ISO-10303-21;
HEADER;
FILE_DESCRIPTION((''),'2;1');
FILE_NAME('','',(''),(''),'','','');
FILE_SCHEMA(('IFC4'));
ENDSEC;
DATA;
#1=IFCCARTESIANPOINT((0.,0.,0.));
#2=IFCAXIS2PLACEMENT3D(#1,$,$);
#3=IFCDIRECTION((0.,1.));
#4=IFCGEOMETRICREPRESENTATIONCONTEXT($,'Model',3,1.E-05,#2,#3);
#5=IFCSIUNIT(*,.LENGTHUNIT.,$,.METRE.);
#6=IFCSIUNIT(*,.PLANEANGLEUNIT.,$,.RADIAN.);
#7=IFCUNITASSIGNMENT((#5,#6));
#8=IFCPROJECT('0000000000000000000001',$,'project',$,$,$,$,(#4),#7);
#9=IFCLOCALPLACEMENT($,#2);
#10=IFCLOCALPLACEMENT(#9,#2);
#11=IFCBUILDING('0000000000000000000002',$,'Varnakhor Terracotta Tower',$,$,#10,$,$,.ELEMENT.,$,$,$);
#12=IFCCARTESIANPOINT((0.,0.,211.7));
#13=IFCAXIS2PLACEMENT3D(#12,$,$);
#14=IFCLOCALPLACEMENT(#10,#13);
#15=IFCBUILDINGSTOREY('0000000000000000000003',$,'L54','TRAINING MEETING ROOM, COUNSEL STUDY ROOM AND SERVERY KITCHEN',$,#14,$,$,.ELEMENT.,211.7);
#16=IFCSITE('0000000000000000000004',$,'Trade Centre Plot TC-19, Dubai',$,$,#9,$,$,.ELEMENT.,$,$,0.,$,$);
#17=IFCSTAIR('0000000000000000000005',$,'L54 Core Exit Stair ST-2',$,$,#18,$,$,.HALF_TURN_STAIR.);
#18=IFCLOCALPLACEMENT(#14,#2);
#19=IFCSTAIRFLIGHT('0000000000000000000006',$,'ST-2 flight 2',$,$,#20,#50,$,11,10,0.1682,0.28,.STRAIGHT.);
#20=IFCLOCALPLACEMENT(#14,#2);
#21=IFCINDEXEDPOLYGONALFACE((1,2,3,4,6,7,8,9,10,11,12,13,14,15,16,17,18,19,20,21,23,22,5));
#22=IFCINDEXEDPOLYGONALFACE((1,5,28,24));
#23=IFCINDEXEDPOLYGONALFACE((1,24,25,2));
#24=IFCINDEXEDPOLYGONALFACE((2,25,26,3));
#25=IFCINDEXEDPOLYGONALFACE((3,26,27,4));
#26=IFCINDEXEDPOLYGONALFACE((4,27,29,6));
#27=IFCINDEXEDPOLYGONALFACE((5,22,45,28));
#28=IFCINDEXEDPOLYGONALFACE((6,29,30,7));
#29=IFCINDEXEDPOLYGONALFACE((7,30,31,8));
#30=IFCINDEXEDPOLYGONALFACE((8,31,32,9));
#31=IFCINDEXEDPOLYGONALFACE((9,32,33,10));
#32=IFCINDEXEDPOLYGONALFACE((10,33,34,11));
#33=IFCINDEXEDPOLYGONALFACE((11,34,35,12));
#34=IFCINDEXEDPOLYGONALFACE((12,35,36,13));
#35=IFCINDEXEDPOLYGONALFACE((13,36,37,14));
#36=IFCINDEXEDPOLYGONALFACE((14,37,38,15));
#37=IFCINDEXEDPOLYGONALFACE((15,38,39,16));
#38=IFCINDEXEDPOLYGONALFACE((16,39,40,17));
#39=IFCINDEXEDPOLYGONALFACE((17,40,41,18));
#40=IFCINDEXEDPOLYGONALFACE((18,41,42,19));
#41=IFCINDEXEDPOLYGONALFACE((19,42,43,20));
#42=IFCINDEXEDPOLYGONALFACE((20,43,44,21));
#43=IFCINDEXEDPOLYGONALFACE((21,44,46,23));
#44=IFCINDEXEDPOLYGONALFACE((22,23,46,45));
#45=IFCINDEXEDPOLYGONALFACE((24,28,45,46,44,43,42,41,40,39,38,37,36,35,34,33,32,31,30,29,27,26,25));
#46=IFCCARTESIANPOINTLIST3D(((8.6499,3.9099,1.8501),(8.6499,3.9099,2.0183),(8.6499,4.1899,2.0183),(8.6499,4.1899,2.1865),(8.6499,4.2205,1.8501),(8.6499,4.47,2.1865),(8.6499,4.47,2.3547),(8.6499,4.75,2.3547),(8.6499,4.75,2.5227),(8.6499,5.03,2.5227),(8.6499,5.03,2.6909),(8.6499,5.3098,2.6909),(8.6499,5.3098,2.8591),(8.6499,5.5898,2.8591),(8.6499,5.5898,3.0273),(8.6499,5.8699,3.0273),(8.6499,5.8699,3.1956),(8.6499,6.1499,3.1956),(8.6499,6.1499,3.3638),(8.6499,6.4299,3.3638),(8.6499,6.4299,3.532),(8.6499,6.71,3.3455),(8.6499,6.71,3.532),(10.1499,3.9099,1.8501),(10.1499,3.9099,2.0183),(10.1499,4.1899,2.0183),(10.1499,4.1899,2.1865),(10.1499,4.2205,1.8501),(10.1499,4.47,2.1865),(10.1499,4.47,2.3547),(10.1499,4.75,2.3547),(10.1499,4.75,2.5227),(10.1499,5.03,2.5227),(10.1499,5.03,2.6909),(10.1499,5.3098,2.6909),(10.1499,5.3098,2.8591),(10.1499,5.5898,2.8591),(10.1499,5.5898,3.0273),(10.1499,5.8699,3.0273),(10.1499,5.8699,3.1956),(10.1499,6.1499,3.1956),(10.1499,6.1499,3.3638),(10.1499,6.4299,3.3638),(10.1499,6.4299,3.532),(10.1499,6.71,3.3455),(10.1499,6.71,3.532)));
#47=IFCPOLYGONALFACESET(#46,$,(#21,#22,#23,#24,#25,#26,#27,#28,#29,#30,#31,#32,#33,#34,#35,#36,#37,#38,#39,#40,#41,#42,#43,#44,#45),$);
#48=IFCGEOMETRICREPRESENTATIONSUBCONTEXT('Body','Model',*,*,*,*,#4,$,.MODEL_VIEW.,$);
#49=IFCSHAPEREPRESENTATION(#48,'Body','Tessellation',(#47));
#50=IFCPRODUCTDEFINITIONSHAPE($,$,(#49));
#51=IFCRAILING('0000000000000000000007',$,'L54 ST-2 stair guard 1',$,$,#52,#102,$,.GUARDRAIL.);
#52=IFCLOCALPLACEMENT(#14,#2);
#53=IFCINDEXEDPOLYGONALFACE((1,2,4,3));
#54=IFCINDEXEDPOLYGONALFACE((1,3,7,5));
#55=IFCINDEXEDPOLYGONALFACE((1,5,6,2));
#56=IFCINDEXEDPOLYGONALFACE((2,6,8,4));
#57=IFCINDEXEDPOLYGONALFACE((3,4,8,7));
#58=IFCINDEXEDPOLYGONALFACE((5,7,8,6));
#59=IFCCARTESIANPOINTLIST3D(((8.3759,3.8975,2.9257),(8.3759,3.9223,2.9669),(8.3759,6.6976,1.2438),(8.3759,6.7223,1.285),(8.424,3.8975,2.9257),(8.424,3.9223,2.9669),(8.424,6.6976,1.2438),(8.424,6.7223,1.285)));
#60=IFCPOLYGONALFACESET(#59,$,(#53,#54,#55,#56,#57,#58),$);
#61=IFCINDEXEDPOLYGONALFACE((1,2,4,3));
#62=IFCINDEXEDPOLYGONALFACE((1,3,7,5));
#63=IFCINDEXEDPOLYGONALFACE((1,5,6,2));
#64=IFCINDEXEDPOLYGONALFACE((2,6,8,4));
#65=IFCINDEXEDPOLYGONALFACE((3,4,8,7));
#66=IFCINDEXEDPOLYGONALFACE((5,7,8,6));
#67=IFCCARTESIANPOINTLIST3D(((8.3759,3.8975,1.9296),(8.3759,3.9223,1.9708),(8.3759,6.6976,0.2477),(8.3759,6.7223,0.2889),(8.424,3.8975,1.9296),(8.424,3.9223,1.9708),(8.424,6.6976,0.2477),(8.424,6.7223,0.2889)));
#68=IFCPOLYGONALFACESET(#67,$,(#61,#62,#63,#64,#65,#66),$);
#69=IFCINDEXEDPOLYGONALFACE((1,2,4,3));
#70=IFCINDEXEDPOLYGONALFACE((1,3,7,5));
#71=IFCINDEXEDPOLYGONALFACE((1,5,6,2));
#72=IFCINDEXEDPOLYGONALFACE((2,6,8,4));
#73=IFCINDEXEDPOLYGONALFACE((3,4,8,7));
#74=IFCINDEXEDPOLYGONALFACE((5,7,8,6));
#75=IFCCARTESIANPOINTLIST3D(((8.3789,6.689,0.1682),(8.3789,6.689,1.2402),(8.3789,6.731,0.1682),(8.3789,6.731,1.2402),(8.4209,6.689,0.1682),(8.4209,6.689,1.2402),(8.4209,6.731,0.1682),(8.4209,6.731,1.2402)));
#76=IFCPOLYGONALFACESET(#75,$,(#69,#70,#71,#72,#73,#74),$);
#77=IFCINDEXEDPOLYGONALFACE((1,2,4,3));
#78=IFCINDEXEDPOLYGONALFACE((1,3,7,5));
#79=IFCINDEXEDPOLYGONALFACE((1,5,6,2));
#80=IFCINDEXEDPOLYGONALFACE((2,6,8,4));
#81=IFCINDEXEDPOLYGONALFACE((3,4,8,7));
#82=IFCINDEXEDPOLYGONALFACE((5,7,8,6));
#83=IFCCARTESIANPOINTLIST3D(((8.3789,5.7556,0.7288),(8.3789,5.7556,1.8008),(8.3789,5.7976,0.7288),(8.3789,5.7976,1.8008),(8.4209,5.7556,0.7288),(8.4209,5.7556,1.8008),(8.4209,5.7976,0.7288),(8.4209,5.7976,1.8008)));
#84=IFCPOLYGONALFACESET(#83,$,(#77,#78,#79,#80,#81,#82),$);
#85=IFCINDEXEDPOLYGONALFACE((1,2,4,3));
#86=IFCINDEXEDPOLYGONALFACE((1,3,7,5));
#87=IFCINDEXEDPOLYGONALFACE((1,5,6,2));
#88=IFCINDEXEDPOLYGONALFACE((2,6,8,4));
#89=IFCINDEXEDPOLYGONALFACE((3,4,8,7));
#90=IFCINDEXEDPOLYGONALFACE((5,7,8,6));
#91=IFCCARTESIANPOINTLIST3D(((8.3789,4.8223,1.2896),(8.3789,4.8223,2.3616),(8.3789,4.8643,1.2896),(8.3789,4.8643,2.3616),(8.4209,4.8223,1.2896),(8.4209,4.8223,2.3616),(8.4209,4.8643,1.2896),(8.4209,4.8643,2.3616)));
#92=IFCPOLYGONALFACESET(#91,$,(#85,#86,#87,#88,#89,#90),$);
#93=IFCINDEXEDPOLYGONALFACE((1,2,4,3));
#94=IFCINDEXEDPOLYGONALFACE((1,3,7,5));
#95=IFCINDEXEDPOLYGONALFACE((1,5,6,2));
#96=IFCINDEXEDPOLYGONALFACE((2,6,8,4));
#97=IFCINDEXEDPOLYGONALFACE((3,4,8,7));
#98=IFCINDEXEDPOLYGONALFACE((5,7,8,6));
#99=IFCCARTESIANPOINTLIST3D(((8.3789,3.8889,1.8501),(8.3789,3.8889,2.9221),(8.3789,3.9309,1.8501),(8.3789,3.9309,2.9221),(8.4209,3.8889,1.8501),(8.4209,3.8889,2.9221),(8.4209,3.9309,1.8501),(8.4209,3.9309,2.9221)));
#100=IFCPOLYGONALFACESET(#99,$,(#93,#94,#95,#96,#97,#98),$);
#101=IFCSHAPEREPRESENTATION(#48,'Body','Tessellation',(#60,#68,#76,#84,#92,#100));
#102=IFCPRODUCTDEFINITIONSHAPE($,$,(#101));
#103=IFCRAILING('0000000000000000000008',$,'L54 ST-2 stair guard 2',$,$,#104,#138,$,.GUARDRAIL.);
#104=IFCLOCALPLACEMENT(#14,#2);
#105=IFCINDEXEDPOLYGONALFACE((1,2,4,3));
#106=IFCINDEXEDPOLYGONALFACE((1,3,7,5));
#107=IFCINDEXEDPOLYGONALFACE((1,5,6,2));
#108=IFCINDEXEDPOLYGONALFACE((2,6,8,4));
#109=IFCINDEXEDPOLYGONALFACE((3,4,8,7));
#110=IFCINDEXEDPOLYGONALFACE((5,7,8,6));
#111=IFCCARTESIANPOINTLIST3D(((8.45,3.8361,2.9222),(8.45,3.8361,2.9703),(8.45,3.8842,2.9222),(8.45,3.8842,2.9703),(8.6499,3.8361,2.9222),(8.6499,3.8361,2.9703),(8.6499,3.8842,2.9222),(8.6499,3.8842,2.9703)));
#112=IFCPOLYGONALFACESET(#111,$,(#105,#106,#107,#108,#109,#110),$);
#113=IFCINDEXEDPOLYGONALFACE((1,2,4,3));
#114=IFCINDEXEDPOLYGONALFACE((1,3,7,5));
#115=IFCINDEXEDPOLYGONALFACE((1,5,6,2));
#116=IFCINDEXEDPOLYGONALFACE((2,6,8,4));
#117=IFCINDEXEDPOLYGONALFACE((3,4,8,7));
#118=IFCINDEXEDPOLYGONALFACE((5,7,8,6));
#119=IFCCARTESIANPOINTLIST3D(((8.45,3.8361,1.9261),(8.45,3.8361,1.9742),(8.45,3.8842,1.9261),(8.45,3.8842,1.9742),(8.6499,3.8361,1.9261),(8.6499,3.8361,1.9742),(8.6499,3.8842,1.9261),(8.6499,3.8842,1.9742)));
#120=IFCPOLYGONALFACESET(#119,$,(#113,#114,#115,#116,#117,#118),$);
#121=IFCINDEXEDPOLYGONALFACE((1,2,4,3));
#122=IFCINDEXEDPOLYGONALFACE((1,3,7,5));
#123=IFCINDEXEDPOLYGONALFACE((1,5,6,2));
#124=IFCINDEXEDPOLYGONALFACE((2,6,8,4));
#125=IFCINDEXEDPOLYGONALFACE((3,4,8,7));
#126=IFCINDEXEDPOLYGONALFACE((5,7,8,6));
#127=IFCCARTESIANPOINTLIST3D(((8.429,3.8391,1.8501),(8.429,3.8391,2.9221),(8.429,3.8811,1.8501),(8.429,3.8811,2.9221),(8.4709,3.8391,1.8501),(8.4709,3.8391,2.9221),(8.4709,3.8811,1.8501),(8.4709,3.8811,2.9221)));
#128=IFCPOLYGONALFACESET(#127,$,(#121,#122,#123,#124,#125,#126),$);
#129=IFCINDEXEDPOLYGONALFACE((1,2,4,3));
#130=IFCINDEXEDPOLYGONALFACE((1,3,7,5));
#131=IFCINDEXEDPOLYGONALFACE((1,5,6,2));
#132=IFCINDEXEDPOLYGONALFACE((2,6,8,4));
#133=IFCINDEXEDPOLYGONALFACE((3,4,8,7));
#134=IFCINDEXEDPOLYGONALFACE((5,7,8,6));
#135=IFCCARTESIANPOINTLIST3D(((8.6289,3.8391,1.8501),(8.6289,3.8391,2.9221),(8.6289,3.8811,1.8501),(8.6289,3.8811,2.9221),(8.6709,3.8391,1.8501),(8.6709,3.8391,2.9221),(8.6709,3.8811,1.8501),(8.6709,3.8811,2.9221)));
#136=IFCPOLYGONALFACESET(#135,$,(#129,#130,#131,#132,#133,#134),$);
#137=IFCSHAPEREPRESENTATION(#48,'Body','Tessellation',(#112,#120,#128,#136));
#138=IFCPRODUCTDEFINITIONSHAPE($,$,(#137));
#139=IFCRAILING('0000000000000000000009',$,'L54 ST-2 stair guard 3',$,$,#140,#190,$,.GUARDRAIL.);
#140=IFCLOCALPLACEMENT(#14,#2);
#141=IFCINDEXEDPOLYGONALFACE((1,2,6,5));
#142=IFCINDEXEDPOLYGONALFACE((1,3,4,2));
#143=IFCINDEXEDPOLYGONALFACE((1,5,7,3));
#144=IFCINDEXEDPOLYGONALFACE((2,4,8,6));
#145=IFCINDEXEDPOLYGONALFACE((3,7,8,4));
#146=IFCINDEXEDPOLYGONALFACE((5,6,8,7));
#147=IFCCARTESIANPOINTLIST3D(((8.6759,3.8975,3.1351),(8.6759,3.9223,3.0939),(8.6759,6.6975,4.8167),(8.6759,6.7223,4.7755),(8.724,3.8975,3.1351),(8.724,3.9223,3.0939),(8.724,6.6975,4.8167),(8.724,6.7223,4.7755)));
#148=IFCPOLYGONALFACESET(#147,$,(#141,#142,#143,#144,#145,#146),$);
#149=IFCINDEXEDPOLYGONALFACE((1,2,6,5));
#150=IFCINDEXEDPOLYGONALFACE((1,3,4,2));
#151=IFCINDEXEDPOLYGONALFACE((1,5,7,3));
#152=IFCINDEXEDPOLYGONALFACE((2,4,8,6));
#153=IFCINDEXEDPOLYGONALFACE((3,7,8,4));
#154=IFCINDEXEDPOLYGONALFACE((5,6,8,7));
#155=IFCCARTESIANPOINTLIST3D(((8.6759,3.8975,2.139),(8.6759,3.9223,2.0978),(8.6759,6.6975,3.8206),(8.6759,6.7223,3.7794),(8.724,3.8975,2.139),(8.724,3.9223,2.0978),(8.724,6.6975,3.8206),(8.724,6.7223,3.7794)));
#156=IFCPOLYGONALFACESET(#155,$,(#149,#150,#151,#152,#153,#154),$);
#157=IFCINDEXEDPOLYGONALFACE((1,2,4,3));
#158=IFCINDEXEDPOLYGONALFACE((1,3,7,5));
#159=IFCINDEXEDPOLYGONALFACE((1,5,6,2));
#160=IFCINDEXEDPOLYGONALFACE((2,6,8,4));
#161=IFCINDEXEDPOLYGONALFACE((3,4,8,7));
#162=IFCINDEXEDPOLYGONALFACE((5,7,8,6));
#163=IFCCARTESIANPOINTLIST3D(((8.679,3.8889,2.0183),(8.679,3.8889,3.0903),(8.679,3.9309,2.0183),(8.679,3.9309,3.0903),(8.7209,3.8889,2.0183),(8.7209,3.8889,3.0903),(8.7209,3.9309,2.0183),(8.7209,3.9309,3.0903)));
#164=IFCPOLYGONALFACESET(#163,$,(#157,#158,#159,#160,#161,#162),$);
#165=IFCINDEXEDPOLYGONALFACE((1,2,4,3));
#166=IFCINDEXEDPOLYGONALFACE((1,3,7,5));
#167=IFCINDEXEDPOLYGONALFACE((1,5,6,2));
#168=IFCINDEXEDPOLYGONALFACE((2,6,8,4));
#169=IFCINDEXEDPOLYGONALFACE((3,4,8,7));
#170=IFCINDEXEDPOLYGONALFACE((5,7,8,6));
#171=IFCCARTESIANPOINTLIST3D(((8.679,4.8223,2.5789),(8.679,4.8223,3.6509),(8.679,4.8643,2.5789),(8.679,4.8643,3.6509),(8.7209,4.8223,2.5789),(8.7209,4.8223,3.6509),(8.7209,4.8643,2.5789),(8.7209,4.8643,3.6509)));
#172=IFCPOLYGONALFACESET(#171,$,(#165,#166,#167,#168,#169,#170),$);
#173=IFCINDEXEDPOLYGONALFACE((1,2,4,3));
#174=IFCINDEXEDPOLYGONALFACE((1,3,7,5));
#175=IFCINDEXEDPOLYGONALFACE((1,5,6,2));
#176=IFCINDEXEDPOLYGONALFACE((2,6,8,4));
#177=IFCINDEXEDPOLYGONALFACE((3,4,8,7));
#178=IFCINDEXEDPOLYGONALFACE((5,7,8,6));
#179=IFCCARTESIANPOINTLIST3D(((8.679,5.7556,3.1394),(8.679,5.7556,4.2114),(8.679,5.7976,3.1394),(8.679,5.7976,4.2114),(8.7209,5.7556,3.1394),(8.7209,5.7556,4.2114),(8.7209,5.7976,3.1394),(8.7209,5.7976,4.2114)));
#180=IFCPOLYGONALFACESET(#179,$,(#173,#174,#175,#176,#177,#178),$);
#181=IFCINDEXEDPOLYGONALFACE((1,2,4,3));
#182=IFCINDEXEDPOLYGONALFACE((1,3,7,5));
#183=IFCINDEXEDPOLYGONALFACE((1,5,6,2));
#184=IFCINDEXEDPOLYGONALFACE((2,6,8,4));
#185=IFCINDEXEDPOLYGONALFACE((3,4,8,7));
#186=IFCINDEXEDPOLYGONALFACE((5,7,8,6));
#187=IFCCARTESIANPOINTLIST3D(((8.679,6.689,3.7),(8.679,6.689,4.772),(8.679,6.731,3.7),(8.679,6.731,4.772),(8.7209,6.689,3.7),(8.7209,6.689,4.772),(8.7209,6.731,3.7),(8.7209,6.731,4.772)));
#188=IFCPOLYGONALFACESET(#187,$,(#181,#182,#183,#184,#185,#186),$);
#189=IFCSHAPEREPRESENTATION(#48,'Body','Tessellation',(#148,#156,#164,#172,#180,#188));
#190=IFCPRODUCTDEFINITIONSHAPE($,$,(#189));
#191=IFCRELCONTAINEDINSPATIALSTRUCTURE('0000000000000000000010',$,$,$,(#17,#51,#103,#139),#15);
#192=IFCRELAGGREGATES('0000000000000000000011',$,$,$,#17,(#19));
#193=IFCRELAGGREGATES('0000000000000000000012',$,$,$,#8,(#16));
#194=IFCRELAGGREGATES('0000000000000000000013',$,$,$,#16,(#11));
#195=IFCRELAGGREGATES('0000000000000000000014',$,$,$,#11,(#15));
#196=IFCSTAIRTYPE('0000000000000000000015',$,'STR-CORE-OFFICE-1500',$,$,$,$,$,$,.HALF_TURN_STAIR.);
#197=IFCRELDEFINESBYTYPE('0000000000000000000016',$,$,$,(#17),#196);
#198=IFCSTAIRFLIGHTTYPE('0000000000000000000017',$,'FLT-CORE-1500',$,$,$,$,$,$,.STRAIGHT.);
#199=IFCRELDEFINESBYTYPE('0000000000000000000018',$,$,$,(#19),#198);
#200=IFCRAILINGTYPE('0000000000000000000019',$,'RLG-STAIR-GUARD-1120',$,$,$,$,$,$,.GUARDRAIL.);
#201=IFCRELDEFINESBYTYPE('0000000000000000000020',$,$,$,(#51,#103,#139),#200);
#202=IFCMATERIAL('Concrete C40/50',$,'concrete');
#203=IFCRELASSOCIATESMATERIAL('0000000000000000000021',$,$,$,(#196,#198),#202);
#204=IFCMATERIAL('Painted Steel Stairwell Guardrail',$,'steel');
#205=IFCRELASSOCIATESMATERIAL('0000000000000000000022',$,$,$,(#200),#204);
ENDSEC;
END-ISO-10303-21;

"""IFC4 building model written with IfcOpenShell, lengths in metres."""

from ifc_helpers import new_model, si_unit, direction, frame, origin, origin_2d, place, context, subcontext, project, spatial, polyline, rectangle, outline, extrude, material, type_object, element, aggregate, save


model = new_model("IFC4")

# Units and contexts
model_context = context("Model", 3, precision=1e-05, world=origin(), true_north=direction((0.0, 1.0)))
body_context = subcontext(model_context, "Body", "Model", "MODEL_VIEW")
ifc_project = project(units=[si_unit("LENGTHUNIT", "METRE"), si_unit("PLANEANGLEUNIT", "RADIAN")], contexts=[model_context])

# Site, building, storey
site_placement = place(None, origin())
site = spatial("IfcSite", under=ifc_project, at=site_placement, Name="Trade Centre Plot TC-19, Dubai", CompositionType="ELEMENT", RefElevation=0.0)
building_placement = place(site_placement, origin())
building = spatial("IfcBuilding", under=site, at=building_placement, Name="Varnakhor Terracotta Tower", CompositionType="ELEMENT")
storey_placement = place(building_placement, frame((0.0, 0.0, 211.7)))
storey = spatial("IfcBuildingStorey", under=building, at=storey_placement, Name="L54", Description="TRAINING MEETING ROOM, COUNSEL STUDY ROOM AND SERVERY KITCHEN", CompositionType="ELEMENT", Elevation=211.7)

# Stair
ifc_material_1 = material(Name="Concrete C40/50", Category="concrete")
stair_type = type_object("IfcStairType", Name="STR-CORE-OFFICE-1500", PredefinedType="HALF_TURN_STAIR", material=ifc_material_1)
stair_1_placement = place(storey_placement, origin())
stair_1 = element("IfcStair", 1, at=stair_1_placement, inside=storey, type_object=stair_type, Name="L54 Core Exit Stair ST-2", PredefinedType="HALF_TURN_STAIR")

# Stair flight
stair_flight_type = type_object("IfcStairFlightType", Name="FLT-CORE-1500", PredefinedType="STRAIGHT", material=ifc_material_1)
stair_flight_1_placement = place(storey_placement, frame((9.3999, 3.9099, 1.8501), z_axis=(0.0, 0.0, 1.0), x_axis=(0.0, 1.0, 0.0)))
stair_flight_1 = element("IfcStairFlight", 2, at=stair_flight_1_placement, type_object=stair_flight_type, Name="ST-2 flight 2", NumberOfRisers=11, NumberOfTreads=10, PredefinedType="STRAIGHT", RiserHeight=0.1682, TreadLength=0.28, context=body_context, shape_type="SweptSolid", body=[
    extrude(outline(polyline([(0.0, 0.0), (0.0, 0.1682), (0.28, 0.1682), (0.28, 0.3364), (0.5601, 0.3364), (0.5601, 0.5046), (0.8401, 0.5046), (0.8401, 0.6726), (1.1201, 0.6726), (1.1201, 0.8408), (1.3999, 0.8408), (1.3999, 1.009), (1.6799, 1.009), (1.6799, 1.1772), (1.96, 1.1772), (1.96, 1.3455), (2.24, 1.3455), (2.24, 1.5137), (2.52, 1.5137), (2.52, 1.6819), (2.8, 1.6819), (2.8, 1.8501), (2.8, 1.4954), (0.3105, 0.0), (0.0, 0.0)])), frame((0.0, 0.75, 0.0), z_axis=(0.0, -1.0, 0.0), x_axis=(1.0, 0.0, 0.0)), (0.0, 0.0, 1.0), 1.5),
])
aggregate(stair_1, [stair_flight_1])

# Railings
ifc_material_2 = material(Name="Painted Steel Stairwell Guardrail", Category="steel")
railing_type_1 = type_object("IfcRailingType", Name="RLG-STAIR-GUARD-1120", PredefinedType="GUARDRAIL", material=ifc_material_2)
railing_1_placement = place(storey_placement, frame((8.3999, 6.71, 0.1682)))
element("IfcRailing", 3, at=railing_1_placement, inside=storey, type_object=railing_type_1, Name="L54 ST-2 stair guard 1", PredefinedType="GUARDRAIL", context=body_context, shape_type="SweptSolid", body=[
    extrude(rectangle(XDim=0.0481, YDim=0.0481, at=origin_2d()), frame((0.0, 0.0, 1.0962), z_axis=(0.0, -0.857242, 0.514913), x_axis=(1.0, 0.0, 0.0)), (0.0, 0.0, 1.0), 3.2664),
    extrude(rectangle(XDim=0.0481, YDim=0.0481, at=origin_2d()), frame((0.0, 0.0, 0.1001), z_axis=(0.0, -0.857242, 0.514913), x_axis=(1.0, 0.0, 0.0)), (0.0, 0.0, 1.0), 3.2664),
    extrude(rectangle(XDim=0.042, YDim=0.042, at=origin_2d()), origin(), (0.0, 0.0, 1.0), 1.072),
    extrude(rectangle(XDim=0.042, YDim=0.042, at=origin_2d()), frame((0.0, -0.9333, 0.5605)), (0.0, 0.0, 1.0), 1.072),
    extrude(rectangle(XDim=0.042, YDim=0.042, at=origin_2d()), frame((0.0, -1.8667, 1.1213)), (0.0, 0.0, 1.0), 1.072),
    extrude(rectangle(XDim=0.042, YDim=0.042, at=origin_2d()), frame((0.0, -2.8, 1.6819)), (0.0, 0.0, 1.0), 1.072),
])
railing_2_placement = place(storey_placement, frame((8.45, 3.8601, 1.8501)))
element("IfcRailing", 4, at=railing_2_placement, inside=storey, type_object=railing_type_1, Name="L54 ST-2 stair guard 2", PredefinedType="GUARDRAIL", context=body_context, shape_type="SweptSolid", body=[
    extrude(rectangle(XDim=0.0481, YDim=0.0481, at=origin_2d()), frame((0.0, 0.0, 1.0962), z_axis=(1.0, 0.0, 0.0), x_axis=(0.0, 1.0, 0.0)), (0.0, 0.0, 1.0), 0.2),
    extrude(rectangle(XDim=0.0481, YDim=0.0481, at=origin_2d()), frame((0.0, 0.0, 0.1001), z_axis=(1.0, 0.0, 0.0), x_axis=(0.0, 1.0, 0.0)), (0.0, 0.0, 1.0), 0.2),
    extrude(rectangle(XDim=0.042, YDim=0.042, at=origin_2d()), origin(), (0.0, 0.0, 1.0), 1.072),
    extrude(rectangle(XDim=0.042, YDim=0.042, at=origin_2d()), frame((0.2, 0.0, 0.0)), (0.0, 0.0, 1.0), 1.072),
])
railing_3_placement = place(storey_placement, frame((8.7, 3.9099, 2.0183)))
element("IfcRailing", 5, at=railing_3_placement, inside=storey, type_object=railing_type_1, Name="L54 ST-2 stair guard 3", PredefinedType="GUARDRAIL", context=body_context, shape_type="SweptSolid", body=[
    extrude(rectangle(XDim=0.0481, YDim=0.0481, at=origin_2d()), frame((0.0, 0.0, 1.0962), z_axis=(0.0, 0.857275, 0.514858), x_axis=(-1.0, 0.0, 0.0)), (0.0, 0.0, 1.0), 3.2661),
    extrude(rectangle(XDim=0.0481, YDim=0.0481, at=origin_2d()), frame((0.0, 0.0, 0.1001), z_axis=(0.0, 0.857275, 0.514858), x_axis=(-1.0, 0.0, 0.0)), (0.0, 0.0, 1.0), 3.2661),
    extrude(rectangle(XDim=0.042, YDim=0.042, at=origin_2d()), origin(), (0.0, 0.0, 1.0), 1.072),
    extrude(rectangle(XDim=0.042, YDim=0.042, at=origin_2d()), frame((0.0, 0.9333, 0.5605)), (0.0, 0.0, 1.0), 1.072),
    extrude(rectangle(XDim=0.042, YDim=0.042, at=origin_2d()), frame((0.0, 1.8667, 1.1211)), (0.0, 0.0, 1.0), 1.072),
    extrude(rectangle(XDim=0.042, YDim=0.042, at=origin_2d()), frame((0.0, 2.8, 1.6816)), (0.0, 0.0, 1.0), 1.072),
])

save(model, "model.ifc")
